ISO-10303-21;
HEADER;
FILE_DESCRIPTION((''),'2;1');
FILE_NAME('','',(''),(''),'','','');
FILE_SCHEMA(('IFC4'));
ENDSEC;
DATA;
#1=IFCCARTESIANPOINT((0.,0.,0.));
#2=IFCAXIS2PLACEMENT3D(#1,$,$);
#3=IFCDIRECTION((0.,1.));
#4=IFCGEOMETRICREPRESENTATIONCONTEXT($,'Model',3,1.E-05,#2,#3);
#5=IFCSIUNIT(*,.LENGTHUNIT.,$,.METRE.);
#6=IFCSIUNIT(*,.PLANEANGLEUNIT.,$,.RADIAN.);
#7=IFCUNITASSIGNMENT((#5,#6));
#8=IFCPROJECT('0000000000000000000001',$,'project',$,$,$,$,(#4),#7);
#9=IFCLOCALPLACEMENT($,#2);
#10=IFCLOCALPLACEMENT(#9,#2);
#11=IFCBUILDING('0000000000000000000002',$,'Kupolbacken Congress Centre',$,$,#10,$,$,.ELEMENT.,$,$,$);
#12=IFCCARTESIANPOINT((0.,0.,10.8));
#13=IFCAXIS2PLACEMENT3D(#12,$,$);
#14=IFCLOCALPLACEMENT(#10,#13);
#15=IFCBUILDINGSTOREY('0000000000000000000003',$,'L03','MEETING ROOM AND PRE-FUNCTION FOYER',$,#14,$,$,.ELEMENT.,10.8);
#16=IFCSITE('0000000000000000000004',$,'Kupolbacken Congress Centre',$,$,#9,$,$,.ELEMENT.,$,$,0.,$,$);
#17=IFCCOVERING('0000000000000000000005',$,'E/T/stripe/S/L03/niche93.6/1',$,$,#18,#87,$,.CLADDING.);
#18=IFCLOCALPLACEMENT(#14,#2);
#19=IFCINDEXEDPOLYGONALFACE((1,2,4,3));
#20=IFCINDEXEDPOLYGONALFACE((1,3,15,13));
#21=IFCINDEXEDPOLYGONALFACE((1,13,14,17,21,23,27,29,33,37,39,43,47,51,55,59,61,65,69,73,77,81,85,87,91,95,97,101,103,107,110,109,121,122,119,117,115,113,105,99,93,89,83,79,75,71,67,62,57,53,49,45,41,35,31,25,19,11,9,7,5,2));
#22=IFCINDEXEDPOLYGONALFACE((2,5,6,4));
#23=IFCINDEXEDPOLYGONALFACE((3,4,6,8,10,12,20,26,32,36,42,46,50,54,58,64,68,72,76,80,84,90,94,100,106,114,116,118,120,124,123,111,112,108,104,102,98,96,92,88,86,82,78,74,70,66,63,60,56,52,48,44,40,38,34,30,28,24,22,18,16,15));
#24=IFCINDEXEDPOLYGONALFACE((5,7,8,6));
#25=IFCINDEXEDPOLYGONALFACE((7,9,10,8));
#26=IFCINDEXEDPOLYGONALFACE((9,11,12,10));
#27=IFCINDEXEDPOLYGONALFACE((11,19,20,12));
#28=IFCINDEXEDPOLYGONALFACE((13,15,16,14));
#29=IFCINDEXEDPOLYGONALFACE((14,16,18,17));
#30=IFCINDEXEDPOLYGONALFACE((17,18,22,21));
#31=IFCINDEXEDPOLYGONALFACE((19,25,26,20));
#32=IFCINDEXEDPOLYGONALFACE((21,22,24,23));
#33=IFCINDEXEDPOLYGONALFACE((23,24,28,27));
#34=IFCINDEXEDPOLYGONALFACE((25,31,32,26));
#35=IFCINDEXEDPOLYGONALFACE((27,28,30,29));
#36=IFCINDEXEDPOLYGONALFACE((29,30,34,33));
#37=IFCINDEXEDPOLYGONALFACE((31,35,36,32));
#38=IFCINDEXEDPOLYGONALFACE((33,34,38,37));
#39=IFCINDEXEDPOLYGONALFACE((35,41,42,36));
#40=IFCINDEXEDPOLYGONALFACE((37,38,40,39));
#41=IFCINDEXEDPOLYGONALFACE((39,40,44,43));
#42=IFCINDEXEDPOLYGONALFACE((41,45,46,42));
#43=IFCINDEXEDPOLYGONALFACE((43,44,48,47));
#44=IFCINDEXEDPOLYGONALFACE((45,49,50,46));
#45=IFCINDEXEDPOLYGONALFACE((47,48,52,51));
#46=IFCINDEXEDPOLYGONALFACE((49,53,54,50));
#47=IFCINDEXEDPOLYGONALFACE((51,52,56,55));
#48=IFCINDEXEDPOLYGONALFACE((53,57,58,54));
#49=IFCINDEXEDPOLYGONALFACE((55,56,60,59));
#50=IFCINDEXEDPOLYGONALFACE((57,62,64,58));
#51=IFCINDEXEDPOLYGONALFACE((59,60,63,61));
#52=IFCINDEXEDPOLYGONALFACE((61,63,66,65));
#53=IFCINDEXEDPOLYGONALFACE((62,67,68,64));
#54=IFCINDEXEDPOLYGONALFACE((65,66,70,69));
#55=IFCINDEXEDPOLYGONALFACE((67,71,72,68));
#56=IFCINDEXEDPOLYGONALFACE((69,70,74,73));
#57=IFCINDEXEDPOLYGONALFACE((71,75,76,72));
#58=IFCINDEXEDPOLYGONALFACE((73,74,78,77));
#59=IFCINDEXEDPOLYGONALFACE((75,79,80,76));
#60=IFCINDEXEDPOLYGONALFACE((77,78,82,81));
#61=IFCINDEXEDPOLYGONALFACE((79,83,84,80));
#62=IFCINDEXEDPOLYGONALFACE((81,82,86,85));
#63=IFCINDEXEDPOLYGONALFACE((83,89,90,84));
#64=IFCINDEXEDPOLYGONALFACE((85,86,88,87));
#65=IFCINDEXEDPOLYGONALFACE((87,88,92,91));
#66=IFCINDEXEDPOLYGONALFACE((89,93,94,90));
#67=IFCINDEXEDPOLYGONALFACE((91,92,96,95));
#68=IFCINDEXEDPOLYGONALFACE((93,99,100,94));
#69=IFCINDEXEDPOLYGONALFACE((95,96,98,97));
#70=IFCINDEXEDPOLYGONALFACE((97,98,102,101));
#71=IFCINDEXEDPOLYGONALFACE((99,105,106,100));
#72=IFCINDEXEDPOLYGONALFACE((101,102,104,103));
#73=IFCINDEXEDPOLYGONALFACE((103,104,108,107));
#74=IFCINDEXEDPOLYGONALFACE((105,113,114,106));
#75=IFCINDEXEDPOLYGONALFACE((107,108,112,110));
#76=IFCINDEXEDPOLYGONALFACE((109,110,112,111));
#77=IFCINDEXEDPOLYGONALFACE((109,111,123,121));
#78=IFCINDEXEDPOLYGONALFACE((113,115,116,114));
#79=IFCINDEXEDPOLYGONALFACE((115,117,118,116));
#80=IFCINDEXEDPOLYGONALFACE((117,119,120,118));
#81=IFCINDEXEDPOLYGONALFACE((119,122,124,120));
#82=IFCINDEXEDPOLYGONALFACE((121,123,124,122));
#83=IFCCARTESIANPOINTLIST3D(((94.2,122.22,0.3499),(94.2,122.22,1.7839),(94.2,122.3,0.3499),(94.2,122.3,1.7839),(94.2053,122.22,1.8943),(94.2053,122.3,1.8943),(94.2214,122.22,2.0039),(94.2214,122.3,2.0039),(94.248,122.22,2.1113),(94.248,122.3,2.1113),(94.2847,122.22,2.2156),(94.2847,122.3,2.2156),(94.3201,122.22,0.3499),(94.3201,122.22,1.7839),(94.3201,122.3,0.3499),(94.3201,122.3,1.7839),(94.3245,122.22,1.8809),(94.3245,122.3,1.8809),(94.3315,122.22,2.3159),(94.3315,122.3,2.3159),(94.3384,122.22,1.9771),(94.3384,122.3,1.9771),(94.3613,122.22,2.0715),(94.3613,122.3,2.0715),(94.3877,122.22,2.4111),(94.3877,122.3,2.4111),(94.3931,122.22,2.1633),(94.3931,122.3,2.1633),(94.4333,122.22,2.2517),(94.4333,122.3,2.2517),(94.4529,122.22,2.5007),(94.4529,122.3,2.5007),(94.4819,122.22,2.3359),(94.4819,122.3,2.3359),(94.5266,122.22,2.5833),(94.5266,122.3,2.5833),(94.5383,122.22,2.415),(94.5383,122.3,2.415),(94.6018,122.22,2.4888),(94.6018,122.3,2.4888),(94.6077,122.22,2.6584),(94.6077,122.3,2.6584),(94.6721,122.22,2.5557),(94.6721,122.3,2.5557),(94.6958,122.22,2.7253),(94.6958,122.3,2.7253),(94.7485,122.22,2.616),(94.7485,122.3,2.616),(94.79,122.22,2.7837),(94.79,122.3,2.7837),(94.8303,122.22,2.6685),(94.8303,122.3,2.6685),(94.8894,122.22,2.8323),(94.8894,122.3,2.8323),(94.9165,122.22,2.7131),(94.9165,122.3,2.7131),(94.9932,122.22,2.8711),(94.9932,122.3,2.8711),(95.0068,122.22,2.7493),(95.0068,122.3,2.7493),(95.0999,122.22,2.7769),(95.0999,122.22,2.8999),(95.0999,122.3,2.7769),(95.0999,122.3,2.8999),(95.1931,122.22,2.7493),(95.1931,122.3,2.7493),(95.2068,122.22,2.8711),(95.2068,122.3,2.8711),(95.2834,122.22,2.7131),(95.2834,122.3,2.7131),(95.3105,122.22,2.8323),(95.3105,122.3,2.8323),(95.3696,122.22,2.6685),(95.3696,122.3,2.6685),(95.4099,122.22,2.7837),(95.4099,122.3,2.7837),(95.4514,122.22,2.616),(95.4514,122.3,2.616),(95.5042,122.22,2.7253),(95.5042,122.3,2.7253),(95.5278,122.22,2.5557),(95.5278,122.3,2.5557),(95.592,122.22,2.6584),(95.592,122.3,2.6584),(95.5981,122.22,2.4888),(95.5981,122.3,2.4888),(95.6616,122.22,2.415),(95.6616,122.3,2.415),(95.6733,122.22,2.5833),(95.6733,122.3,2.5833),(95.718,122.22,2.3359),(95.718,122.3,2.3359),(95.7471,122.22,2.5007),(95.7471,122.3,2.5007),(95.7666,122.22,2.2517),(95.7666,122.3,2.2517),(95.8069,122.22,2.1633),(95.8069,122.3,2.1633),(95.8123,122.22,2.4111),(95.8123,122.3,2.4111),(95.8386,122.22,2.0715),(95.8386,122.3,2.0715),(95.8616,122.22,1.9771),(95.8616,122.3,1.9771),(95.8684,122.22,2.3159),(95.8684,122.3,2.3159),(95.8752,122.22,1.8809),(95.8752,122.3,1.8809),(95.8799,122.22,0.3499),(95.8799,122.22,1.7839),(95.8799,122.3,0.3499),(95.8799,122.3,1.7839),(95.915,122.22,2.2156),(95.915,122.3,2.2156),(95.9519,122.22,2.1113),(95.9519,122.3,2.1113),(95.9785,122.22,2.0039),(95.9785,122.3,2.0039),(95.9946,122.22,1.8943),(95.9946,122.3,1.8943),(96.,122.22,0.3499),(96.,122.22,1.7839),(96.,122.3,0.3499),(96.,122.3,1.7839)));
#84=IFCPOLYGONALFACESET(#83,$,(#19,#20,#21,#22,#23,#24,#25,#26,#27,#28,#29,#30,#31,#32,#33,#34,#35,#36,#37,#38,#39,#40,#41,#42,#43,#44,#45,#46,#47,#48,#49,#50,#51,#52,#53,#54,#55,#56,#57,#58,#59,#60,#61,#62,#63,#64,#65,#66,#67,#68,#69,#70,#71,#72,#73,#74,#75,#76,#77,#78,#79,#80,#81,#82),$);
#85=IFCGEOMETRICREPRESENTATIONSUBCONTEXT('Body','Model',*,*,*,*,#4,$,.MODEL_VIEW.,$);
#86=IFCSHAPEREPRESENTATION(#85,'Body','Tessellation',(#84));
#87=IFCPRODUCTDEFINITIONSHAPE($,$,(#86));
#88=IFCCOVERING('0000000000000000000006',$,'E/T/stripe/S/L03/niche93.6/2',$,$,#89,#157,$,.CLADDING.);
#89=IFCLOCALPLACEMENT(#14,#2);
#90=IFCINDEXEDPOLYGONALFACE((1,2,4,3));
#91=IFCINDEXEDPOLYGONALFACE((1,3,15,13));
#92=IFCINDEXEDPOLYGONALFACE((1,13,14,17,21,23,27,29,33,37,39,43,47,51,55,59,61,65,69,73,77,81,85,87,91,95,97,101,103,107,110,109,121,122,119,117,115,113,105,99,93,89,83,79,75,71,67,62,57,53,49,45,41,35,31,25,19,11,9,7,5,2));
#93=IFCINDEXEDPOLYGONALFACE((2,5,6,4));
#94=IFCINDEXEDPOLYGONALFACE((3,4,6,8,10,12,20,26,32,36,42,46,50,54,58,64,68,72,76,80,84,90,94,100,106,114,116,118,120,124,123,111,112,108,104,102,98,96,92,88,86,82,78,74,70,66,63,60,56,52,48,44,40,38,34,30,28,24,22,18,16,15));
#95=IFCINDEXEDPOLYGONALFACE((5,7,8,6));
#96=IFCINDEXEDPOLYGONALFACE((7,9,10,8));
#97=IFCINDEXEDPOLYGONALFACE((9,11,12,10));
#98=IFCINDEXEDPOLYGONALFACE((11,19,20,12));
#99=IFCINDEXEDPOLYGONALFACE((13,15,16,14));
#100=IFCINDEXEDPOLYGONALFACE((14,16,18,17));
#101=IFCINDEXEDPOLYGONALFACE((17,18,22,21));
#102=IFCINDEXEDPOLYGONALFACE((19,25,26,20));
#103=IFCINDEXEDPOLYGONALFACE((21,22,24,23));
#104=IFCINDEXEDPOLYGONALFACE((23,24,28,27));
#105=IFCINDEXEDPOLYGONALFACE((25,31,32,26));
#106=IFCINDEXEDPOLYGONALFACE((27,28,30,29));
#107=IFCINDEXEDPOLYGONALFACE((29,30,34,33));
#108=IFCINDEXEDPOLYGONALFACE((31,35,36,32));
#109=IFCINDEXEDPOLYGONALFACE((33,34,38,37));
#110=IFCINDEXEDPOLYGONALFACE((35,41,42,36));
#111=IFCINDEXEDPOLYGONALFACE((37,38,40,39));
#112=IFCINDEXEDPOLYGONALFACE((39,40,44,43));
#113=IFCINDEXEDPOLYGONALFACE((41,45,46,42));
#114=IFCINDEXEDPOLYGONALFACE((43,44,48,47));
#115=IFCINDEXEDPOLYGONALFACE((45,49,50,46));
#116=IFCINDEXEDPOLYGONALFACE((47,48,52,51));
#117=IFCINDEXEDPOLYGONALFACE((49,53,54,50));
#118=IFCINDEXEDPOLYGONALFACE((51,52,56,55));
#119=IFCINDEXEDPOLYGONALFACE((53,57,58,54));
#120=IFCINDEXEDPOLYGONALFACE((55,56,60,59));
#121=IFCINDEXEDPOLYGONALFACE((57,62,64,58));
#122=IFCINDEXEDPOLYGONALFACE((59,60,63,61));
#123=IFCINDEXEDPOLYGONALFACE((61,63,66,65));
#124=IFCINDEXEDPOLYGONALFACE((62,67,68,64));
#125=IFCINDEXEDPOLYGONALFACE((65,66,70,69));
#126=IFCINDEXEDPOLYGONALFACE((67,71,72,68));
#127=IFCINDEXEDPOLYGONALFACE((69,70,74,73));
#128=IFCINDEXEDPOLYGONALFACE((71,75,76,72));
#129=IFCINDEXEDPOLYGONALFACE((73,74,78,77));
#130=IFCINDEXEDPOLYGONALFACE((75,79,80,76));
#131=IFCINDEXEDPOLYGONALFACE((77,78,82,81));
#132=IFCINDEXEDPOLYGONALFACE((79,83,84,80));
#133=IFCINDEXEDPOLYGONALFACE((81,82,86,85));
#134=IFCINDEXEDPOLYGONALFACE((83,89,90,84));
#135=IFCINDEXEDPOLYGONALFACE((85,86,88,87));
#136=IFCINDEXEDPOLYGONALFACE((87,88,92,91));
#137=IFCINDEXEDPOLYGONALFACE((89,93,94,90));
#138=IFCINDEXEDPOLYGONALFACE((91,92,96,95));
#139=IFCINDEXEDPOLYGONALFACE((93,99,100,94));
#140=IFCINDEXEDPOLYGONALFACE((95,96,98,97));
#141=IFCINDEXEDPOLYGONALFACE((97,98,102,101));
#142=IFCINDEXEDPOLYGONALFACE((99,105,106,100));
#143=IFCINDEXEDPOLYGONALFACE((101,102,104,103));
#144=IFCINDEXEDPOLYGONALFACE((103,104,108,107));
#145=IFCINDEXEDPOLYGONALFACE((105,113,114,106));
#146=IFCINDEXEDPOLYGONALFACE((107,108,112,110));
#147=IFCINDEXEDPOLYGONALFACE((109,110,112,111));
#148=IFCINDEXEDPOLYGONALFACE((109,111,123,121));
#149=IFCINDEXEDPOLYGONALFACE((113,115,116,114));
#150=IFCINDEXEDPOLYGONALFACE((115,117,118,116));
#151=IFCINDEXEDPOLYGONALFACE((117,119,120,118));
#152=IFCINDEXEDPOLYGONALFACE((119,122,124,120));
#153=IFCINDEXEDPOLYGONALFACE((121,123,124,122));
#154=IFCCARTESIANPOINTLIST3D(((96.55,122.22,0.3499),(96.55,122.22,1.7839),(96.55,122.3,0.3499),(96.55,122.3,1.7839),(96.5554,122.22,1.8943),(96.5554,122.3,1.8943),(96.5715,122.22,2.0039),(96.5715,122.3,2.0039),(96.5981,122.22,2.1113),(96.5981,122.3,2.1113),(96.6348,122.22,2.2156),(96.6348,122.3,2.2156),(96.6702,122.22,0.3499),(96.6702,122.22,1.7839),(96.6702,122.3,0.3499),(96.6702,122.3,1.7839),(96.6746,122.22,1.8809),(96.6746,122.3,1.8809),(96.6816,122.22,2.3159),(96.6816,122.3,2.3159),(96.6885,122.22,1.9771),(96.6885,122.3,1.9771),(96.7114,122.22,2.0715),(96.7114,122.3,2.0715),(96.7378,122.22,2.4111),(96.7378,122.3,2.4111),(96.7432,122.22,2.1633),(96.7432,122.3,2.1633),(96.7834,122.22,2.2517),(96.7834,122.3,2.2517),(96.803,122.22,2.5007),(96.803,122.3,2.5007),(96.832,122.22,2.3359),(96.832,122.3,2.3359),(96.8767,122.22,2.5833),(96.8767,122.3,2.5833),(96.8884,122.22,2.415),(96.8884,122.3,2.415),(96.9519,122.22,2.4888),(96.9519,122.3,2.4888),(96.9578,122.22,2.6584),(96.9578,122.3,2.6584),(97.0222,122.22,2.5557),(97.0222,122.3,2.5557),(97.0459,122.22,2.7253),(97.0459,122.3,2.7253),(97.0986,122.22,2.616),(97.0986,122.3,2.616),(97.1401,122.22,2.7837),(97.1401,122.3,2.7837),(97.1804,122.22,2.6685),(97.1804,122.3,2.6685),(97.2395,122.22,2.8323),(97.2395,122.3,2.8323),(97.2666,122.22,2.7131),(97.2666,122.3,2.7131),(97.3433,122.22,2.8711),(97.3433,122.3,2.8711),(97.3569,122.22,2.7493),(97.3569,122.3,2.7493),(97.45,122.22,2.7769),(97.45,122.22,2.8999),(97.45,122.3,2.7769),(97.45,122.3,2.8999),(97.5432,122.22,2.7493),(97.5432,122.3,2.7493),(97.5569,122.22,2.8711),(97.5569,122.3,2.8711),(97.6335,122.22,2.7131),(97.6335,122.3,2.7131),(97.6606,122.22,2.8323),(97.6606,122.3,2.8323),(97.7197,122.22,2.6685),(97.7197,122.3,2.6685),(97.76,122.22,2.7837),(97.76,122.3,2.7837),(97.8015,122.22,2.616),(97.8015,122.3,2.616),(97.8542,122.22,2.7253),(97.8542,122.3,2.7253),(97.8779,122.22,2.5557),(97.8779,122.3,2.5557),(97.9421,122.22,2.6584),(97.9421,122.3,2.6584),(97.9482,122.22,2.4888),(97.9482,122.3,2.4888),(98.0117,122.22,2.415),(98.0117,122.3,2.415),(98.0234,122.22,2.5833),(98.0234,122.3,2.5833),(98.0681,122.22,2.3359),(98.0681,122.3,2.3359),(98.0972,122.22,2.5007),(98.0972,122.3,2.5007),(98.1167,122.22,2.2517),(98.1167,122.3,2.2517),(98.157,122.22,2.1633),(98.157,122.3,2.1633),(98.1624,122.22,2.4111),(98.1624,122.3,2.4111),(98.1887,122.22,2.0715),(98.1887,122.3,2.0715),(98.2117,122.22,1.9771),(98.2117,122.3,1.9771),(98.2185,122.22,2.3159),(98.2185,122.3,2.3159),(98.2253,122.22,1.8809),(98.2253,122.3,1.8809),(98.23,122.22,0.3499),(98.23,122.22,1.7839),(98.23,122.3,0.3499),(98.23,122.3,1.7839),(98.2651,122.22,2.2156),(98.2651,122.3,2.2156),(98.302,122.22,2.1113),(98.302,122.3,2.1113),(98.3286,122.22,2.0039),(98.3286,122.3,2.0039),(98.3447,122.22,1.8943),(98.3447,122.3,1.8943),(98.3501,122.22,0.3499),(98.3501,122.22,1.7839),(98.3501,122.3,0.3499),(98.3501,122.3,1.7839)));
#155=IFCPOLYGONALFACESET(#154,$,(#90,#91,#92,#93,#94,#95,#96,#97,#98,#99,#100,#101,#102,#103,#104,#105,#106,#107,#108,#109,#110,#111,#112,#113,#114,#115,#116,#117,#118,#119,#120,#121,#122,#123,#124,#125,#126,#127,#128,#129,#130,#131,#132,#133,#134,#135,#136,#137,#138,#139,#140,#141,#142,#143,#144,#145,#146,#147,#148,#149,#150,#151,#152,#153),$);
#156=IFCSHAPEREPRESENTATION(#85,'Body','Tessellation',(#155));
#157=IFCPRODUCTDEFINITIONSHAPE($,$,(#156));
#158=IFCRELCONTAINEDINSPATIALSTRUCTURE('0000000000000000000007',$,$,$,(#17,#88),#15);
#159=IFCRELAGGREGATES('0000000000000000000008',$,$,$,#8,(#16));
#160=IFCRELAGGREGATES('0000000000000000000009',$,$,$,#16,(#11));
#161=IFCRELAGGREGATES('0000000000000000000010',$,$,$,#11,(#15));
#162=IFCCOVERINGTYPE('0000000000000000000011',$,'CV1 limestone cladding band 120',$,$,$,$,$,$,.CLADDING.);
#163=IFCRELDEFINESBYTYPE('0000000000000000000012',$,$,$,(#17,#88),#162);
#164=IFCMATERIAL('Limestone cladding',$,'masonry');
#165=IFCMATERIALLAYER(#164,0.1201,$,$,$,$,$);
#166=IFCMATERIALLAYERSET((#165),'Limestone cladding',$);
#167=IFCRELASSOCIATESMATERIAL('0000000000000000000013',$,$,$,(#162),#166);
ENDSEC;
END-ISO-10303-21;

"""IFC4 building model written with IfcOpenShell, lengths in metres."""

from ifc_helpers import new_model, si_unit, direction, frame, origin, place, context, subcontext, project, spatial, polyline, outline, extrude, material, layer, layer_set, type_object, element, save


model = new_model("IFC4")

# Units and contexts
model_context = context("Model", 3, precision=1e-05, world=origin(), true_north=direction((0.0, 1.0)))
body_context = subcontext(model_context, "Body", "Model", "MODEL_VIEW")
ifc_project = project(units=[si_unit("LENGTHUNIT", "METRE"), si_unit("PLANEANGLEUNIT", "RADIAN")], contexts=[model_context])

# Site, building, storey
site_placement = place(None, origin())
site = spatial("IfcSite", under=ifc_project, at=site_placement, Name="Kupolbacken Congress Centre", CompositionType="ELEMENT", RefElevation=0.0)
building_placement = place(site_placement, origin())
building = spatial("IfcBuilding", under=site, at=building_placement, Name="Kupolbacken Congress Centre", CompositionType="ELEMENT")
storey_placement = place(building_placement, frame((0.0, 0.0, 10.8)))
storey = spatial("IfcBuildingStorey", under=building, at=storey_placement, Name="L03", Description="MEETING ROOM AND PRE-FUNCTION FOYER", CompositionType="ELEMENT", Elevation=10.8)

# Coverings
ifc_material_1 = material(Name="Limestone cladding", Category="masonry")
ifc_layer_1 = layer(ifc_material_1, 0.1201)
ifc_layer_set_1 = layer_set([ifc_layer_1], Name="Limestone cladding")
covering_type = type_object("IfcCoveringType", Name="CV1 limestone cladding band 120", PredefinedType="CLADDING", material=ifc_layer_set_1)
covering_1_placement = place(storey_placement, frame((94.2, 122.3, 0.3499), z_axis=(0.0, -1.0, 0.0), x_axis=(1.0, 0.0, 0.0)))
element("IfcCovering", 1, at=covering_1_placement, inside=storey, type_object=covering_type, Name="E/T/stripe/S/L03/niche93.6/1", PredefinedType="CLADDING", context=body_context, shape_type="SweptSolid", body=[
    extrude(outline(polyline([(0.0, 0.0), (0.0, 1.4341), (0.0054, 1.5444), (0.0215, 1.6541), (0.0481, 1.7615), (0.0847, 1.8657), (0.1316, 1.9661), (0.1877, 2.0613), (0.2529, 2.1509), (0.3267, 2.2334), (0.4077, 2.3086), (0.4958, 2.3755), (0.5901, 2.4338), (0.6895, 2.4824), (0.7932, 2.5212), (0.8999, 2.55), (1.0068, 2.5212), (1.1106, 2.4824), (1.21, 2.4338), (1.3042, 2.3755), (1.3921, 2.3086), (1.4734, 2.2334), (1.5471, 2.1509), (1.6123, 2.0613), (1.6685, 1.9661), (1.7151, 1.8657), (1.752, 1.7615), (1.7786, 1.6541), (1.7947, 1.5444), (1.8, 1.4341), (1.8, 0.0), (1.6799, 0.0), (1.6799, 1.4341), (1.6753, 1.531), (1.6616, 1.6272), (1.6387, 1.7217), (1.6069, 1.8135), (1.5667, 1.9019), (1.5181, 1.9861), (1.4617, 2.0652), (1.3982, 2.1389), (1.3279, 2.2058), (1.2515, 2.2661), (1.1697, 2.3186), (1.0835, 2.3633), (0.9932, 2.3994), (0.8999, 2.427), (0.8069, 2.3994), (0.7166, 2.3633), (0.6304, 2.3186), (0.5486, 2.2661), (0.4722, 2.2058), (0.4019, 2.1389), (0.3384, 2.0652), (0.282, 1.9861), (0.2334, 1.9019), (0.1931, 1.8135), (0.1614, 1.7217), (0.1384, 1.6272), (0.1245, 1.531), (0.1201, 1.4341), (0.1201, 0.0), (0.0, 0.0)])), origin(), (0.0, 0.0, 1.0), 0.0801),
])
covering_2_placement = place(storey_placement, frame((96.55, 122.3, 0.3499), z_axis=(0.0, -1.0, 0.0), x_axis=(1.0, 0.0, 0.0)))
element("IfcCovering", 2, at=covering_2_placement, inside=storey, type_object=covering_type, Name="E/T/stripe/S/L03/niche93.6/2", PredefinedType="CLADDING", context=body_context, shape_type="SweptSolid", body=[
    extrude(outline(polyline([(0.0, 0.0), (0.0, 1.4341), (0.0054, 1.5444), (0.0215, 1.6541), (0.0481, 1.7615), (0.0847, 1.8657), (0.1316, 1.9661), (0.1877, 2.0613), (0.2529, 2.1509), (0.3267, 2.2334), (0.4077, 2.3086), (0.4958, 2.3755), (0.5901, 2.4338), (0.6895, 2.4824), (0.7932, 2.5212), (0.8999, 2.55), (1.0068, 2.5212), (1.1106, 2.4824), (1.21, 2.4338), (1.3042, 2.3755), (1.3921, 2.3086), (1.4734, 2.2334), (1.5471, 2.1509), (1.6123, 2.0613), (1.6685, 1.9661), (1.7151, 1.8657), (1.752, 1.7615), (1.7786, 1.6541), (1.7947, 1.5444), (1.8, 1.4341), (1.8, 0.0), (1.6799, 0.0), (1.6799, 1.4341), (1.6753, 1.531), (1.6616, 1.6272), (1.6387, 1.7217), (1.6069, 1.8135), (1.5667, 1.9019), (1.5181, 1.9861), (1.4617, 2.0652), (1.3982, 2.1389), (1.3279, 2.2058), (1.2515, 2.2661), (1.1697, 2.3186), (1.0835, 2.3633), (0.9932, 2.3994), (0.8999, 2.427), (0.8069, 2.3994), (0.7166, 2.3633), (0.6304, 2.3186), (0.5486, 2.2661), (0.4722, 2.2058), (0.4019, 2.1389), (0.3384, 2.0652), (0.282, 1.9861), (0.2334, 1.9019), (0.1931, 1.8135), (0.1614, 1.7217), (0.1384, 1.6272), (0.1245, 1.531), (0.1201, 1.4341), (0.1201, 0.0), (0.0, 0.0)])), origin(), (0.0, 0.0, 1.0), 0.0801),
])

save(model, "model.ifc")
